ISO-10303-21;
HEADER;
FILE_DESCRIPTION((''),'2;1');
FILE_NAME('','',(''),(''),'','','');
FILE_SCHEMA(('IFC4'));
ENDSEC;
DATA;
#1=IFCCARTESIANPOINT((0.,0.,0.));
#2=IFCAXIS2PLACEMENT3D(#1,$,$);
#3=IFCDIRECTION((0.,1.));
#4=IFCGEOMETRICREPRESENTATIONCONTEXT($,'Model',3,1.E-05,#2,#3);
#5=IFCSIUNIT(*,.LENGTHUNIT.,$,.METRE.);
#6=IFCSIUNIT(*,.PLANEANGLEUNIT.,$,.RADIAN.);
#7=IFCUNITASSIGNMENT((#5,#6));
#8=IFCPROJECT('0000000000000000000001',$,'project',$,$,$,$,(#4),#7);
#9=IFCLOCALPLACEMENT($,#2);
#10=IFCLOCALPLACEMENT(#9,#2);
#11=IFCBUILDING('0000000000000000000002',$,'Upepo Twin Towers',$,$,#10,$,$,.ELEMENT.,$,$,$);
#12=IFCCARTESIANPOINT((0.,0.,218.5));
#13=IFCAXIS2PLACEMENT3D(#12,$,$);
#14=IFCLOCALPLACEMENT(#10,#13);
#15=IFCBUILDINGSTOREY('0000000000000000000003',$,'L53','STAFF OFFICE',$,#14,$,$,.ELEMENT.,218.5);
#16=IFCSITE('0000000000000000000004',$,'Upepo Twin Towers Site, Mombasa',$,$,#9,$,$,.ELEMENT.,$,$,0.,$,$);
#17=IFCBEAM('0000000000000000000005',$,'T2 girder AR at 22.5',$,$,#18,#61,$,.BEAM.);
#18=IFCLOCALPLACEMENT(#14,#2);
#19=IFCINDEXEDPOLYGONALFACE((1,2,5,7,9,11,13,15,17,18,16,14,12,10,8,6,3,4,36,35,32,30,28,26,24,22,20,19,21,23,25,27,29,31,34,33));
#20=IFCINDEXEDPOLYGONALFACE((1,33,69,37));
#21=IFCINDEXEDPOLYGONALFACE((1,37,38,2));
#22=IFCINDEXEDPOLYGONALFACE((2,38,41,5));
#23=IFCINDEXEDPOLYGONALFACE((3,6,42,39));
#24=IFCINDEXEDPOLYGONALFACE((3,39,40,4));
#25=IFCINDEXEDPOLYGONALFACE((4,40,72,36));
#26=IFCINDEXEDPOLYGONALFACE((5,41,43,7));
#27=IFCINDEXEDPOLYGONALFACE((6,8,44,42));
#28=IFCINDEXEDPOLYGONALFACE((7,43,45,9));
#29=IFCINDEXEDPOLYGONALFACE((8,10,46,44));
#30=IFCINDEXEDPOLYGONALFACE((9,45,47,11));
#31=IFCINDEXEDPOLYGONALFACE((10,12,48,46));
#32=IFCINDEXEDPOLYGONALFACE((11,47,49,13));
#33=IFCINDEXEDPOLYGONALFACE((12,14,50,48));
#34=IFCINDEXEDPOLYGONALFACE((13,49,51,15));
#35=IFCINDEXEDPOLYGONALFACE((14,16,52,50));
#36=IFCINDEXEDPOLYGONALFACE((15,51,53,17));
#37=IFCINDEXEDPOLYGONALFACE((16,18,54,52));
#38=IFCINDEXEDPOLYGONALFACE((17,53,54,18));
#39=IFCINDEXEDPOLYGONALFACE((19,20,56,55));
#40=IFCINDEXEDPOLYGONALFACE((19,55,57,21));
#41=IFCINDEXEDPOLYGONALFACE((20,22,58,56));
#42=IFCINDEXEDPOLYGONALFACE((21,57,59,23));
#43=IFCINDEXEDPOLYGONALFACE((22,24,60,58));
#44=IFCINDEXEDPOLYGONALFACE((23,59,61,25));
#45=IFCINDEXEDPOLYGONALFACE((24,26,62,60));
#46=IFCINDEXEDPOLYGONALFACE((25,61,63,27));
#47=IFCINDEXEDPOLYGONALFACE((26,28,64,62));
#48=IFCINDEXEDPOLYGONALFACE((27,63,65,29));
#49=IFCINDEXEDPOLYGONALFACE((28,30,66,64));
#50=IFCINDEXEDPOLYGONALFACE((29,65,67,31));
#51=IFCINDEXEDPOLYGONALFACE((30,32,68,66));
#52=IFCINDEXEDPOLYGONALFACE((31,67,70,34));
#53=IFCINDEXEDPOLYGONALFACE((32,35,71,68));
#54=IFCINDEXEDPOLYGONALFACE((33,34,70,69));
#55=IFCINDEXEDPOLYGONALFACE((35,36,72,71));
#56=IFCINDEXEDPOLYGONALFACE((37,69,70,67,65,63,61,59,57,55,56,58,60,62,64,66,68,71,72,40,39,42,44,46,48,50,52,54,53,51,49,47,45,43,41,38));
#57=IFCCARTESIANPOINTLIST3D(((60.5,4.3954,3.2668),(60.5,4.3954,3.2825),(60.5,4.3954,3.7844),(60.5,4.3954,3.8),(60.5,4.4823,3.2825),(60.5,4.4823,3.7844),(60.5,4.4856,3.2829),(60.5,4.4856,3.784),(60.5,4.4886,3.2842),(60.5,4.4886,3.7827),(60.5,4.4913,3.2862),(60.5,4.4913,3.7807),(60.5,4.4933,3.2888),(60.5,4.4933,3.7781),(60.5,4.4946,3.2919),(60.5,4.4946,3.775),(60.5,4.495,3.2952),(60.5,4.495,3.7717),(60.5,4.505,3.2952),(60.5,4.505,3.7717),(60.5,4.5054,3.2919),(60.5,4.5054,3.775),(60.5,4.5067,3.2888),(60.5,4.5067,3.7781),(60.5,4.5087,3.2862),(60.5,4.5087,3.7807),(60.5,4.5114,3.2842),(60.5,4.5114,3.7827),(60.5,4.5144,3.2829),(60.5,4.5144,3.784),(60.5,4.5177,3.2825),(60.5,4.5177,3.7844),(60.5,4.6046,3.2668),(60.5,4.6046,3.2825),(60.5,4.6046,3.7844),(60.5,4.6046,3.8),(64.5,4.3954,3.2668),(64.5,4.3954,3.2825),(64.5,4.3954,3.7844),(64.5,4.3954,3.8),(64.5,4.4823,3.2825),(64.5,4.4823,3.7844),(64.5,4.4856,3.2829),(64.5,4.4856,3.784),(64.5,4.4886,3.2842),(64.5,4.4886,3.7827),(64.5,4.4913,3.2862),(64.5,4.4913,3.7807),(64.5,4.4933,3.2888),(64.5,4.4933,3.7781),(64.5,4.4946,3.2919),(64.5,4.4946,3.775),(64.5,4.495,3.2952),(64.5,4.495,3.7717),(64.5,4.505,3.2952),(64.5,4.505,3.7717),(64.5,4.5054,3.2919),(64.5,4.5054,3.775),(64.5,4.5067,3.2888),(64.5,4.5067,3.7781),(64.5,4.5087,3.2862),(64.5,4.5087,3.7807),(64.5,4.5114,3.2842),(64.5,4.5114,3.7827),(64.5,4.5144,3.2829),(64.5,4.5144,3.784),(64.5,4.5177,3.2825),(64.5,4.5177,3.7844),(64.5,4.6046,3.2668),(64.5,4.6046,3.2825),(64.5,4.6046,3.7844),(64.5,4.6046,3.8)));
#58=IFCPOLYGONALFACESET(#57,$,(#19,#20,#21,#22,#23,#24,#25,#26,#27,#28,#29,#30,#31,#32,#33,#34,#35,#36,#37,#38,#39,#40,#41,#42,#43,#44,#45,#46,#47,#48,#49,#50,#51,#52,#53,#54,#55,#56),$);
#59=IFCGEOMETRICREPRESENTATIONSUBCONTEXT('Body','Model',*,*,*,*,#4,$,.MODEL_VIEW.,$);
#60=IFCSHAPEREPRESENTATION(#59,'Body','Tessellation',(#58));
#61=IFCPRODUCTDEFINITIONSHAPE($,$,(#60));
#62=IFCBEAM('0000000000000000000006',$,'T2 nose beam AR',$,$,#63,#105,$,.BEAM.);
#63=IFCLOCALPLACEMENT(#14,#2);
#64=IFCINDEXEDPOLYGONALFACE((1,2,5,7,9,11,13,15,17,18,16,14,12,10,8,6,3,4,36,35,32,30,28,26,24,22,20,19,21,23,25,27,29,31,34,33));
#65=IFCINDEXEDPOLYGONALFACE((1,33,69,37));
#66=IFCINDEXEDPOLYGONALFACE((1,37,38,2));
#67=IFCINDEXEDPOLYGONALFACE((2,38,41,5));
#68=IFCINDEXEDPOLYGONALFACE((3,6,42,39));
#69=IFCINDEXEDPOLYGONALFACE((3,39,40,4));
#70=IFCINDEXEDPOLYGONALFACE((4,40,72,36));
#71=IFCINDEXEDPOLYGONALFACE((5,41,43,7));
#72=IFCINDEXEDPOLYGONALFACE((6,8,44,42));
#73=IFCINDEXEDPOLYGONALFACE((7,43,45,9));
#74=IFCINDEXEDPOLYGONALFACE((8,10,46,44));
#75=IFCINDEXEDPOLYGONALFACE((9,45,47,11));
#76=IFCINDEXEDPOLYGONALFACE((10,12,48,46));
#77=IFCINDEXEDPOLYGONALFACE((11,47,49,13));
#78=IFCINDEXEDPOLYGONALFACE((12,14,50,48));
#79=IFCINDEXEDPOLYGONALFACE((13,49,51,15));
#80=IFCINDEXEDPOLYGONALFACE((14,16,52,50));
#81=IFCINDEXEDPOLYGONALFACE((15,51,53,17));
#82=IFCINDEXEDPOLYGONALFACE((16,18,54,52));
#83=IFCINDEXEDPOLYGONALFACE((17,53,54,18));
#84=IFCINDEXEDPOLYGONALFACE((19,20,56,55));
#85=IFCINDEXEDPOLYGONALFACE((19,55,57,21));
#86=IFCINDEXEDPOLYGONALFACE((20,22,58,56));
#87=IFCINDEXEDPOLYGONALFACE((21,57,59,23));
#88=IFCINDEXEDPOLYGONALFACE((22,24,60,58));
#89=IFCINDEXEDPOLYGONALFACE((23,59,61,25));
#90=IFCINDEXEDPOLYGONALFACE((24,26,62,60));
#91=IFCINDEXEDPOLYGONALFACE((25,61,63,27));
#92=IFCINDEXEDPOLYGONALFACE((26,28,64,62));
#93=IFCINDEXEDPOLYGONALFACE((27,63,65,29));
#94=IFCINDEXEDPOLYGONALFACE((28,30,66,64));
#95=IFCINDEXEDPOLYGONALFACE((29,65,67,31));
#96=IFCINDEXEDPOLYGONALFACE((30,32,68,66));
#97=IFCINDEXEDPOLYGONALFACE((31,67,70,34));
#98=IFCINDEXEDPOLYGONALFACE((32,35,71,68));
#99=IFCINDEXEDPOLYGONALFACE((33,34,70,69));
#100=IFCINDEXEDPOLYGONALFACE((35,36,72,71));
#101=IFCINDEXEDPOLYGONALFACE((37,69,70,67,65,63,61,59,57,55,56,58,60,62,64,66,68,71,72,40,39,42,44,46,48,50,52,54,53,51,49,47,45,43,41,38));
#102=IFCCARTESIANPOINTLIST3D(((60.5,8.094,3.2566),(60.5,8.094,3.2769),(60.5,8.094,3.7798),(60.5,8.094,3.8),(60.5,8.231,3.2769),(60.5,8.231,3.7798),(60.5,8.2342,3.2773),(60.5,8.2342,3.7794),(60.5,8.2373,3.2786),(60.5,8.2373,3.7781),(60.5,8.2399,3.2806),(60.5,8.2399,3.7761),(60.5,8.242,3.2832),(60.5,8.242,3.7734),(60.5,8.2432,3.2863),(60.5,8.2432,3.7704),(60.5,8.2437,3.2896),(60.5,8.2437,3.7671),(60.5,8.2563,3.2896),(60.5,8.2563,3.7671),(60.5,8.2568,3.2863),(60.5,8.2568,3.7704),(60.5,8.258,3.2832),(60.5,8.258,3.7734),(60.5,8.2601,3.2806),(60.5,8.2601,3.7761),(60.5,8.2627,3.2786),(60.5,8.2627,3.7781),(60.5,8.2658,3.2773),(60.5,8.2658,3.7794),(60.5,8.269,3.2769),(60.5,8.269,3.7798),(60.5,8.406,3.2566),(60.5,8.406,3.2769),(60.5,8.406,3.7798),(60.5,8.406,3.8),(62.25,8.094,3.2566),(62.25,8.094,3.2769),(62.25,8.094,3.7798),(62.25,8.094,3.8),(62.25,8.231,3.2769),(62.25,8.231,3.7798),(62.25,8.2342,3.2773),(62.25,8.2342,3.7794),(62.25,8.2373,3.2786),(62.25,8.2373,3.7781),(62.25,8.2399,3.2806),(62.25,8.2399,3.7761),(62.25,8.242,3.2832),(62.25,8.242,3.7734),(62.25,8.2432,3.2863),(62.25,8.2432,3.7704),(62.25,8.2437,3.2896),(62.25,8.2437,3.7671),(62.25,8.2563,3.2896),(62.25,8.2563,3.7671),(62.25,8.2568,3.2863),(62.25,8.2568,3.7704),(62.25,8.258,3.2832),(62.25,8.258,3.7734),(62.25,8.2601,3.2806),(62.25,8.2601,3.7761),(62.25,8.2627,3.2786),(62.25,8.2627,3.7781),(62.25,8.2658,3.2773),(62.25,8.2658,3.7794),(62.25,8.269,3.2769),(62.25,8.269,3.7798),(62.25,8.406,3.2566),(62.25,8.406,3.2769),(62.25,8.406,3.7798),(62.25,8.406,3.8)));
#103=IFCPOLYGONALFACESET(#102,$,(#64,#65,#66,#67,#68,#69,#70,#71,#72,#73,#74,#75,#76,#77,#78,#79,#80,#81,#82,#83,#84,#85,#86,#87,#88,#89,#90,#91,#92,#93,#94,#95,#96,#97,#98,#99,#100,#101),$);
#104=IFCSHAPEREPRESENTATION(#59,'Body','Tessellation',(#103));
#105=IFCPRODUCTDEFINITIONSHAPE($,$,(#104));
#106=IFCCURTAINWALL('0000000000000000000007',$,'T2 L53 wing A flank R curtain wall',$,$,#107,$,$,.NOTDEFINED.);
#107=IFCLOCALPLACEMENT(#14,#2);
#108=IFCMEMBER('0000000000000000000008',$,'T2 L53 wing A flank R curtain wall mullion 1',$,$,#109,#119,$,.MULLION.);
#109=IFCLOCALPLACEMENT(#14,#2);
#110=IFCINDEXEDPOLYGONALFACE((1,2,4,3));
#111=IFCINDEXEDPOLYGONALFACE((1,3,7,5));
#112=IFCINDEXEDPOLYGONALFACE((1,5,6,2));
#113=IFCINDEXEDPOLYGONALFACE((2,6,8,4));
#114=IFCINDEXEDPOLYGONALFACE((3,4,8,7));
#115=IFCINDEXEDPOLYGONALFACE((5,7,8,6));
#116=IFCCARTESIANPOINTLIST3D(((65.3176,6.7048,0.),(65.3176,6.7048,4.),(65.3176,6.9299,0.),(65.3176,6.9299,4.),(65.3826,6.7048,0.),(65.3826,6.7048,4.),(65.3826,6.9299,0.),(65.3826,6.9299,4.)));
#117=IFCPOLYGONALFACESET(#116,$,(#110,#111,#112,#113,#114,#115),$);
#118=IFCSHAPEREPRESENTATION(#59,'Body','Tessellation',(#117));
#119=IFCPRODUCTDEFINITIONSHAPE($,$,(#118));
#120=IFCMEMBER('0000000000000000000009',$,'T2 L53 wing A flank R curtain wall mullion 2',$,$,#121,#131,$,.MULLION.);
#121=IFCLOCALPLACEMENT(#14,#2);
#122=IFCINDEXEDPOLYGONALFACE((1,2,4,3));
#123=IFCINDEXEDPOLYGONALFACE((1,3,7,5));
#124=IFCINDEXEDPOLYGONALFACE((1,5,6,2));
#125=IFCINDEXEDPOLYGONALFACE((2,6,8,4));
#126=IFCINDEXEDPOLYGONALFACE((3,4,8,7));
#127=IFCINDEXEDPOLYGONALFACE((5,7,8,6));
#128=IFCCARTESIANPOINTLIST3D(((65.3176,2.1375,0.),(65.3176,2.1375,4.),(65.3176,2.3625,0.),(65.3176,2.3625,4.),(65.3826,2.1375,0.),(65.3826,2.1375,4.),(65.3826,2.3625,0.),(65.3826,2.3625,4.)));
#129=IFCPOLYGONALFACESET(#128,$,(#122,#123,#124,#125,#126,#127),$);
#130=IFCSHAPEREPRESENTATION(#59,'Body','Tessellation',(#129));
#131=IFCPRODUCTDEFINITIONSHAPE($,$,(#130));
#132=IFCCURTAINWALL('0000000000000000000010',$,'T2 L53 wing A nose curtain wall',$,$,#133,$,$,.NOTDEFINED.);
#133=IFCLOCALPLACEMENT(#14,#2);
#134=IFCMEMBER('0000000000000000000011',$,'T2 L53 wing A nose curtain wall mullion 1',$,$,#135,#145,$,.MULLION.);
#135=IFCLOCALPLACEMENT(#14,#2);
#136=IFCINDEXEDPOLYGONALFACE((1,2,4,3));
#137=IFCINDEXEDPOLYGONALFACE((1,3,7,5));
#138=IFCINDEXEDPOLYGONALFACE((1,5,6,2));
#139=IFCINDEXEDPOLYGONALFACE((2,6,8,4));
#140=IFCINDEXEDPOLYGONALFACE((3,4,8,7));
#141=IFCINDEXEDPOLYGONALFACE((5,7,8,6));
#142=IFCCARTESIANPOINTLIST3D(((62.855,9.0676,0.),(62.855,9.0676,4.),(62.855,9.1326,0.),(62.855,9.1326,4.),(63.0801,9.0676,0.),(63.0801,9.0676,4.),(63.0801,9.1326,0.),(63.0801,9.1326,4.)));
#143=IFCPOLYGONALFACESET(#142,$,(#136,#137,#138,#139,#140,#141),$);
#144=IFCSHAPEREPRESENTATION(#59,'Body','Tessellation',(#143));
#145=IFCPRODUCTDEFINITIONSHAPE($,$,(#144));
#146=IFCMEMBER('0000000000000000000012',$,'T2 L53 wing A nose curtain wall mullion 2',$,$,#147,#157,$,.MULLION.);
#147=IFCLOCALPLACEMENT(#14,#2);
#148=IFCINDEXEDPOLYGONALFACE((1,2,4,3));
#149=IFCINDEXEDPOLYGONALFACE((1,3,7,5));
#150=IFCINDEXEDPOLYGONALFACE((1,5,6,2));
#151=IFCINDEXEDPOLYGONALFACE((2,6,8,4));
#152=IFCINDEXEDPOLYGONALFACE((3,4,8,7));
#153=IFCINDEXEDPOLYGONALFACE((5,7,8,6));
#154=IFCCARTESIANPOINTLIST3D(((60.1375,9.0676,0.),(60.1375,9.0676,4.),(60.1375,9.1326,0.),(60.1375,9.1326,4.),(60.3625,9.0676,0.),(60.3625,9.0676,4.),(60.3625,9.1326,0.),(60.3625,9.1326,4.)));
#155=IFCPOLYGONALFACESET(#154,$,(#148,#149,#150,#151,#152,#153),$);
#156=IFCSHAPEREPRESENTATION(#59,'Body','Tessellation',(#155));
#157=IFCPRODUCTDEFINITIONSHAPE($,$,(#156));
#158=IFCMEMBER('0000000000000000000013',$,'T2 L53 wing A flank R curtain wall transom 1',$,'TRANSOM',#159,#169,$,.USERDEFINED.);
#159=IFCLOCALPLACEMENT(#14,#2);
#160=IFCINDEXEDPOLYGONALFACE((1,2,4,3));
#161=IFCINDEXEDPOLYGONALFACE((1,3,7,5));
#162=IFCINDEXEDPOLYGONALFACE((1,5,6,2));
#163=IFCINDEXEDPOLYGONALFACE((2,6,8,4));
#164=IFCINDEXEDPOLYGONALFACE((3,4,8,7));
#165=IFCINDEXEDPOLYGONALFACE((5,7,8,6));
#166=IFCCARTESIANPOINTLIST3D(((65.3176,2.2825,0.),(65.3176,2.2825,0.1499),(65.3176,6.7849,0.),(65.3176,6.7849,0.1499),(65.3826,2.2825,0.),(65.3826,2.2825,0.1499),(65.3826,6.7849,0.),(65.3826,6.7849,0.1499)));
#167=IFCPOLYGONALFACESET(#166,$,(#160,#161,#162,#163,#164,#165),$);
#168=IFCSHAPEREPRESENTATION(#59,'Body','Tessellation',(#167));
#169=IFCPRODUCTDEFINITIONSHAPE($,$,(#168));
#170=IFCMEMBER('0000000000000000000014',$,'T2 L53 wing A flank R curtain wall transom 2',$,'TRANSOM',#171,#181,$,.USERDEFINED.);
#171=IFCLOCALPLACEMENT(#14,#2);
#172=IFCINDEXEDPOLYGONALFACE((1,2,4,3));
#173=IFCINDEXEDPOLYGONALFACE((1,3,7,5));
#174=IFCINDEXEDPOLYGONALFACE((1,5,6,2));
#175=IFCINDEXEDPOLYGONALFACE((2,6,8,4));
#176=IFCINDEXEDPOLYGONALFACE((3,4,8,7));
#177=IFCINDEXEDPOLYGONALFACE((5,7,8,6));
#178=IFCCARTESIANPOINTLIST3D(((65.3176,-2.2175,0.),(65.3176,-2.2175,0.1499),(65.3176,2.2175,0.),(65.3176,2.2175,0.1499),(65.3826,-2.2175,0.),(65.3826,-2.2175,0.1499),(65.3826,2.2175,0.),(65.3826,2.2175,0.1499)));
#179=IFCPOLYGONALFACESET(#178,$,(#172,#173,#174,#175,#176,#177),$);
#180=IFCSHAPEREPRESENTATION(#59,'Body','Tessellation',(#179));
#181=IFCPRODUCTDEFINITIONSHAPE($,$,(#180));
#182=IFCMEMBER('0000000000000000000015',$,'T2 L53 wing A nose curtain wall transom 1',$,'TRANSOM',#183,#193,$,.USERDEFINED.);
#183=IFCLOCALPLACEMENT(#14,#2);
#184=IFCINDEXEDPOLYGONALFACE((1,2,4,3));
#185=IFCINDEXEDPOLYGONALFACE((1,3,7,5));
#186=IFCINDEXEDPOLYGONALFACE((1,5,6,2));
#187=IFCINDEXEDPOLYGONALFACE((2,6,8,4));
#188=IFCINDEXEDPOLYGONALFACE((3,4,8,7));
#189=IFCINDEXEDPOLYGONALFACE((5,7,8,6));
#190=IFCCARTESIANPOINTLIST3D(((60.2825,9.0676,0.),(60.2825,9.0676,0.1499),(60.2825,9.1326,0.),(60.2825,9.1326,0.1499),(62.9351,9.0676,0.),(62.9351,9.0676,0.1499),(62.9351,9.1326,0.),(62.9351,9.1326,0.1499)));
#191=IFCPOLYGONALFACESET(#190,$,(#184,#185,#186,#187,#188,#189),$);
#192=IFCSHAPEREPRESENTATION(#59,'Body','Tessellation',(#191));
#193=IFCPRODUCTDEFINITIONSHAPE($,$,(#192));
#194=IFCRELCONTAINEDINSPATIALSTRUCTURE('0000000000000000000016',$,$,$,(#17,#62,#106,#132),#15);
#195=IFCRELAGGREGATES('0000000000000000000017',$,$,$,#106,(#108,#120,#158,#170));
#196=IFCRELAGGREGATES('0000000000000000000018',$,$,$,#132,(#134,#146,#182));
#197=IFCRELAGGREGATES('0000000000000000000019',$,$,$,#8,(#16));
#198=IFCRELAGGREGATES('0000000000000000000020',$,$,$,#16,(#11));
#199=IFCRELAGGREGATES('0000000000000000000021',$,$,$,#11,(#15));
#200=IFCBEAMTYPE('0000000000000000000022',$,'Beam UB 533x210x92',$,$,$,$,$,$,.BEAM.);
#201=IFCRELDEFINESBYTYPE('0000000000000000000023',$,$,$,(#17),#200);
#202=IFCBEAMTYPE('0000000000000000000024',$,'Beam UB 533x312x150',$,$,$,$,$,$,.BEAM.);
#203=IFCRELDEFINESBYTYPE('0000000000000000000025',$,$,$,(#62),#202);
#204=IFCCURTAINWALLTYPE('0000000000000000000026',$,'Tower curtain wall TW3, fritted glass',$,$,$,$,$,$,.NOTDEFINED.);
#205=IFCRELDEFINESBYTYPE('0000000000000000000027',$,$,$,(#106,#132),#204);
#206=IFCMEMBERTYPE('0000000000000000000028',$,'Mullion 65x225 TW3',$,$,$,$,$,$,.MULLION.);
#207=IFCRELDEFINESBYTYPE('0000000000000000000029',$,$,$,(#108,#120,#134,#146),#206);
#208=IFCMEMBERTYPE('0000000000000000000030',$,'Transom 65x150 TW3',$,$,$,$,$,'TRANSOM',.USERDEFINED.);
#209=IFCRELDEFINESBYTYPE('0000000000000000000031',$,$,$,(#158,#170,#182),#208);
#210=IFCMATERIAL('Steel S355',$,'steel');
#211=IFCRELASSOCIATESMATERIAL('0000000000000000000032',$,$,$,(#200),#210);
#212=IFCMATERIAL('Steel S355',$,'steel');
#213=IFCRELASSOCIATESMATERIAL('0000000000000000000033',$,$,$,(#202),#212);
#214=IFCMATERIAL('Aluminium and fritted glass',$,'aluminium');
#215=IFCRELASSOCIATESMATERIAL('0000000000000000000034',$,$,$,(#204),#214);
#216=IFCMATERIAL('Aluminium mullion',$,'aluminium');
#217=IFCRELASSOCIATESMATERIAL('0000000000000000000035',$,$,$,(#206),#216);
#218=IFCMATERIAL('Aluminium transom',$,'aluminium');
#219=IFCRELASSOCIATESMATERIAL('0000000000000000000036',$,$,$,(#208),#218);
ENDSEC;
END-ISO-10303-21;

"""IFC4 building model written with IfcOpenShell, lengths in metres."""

from ifc_helpers import new_model, si_unit, direction, frame, origin, origin_2d, place, context, subcontext, project, spatial, rectangle, i_section, extrude, material, material_profile, profile_set, type_object, element, aggregate, save


model = new_model("IFC4")

# Units and contexts
model_context = context("Model", 3, precision=1e-05, world=origin(), true_north=direction((0.0, 1.0)))
body_context = subcontext(model_context, "Body", "Model", "MODEL_VIEW")
ifc_project = project(units=[si_unit("LENGTHUNIT", "METRE"), si_unit("PLANEANGLEUNIT", "RADIAN")], contexts=[model_context])

# Site, building, storey
site_placement = place(None, origin())
site = spatial("IfcSite", under=ifc_project, at=site_placement, Name="Upepo Twin Towers Site, Mombasa", CompositionType="ELEMENT", RefElevation=0.0)
building_placement = place(site_placement, origin())
building = spatial("IfcBuilding", under=site, at=building_placement, Name="Upepo Twin Towers", CompositionType="ELEMENT")
storey_placement = place(building_placement, frame((0.0, 0.0, 218.5)))
storey = spatial("IfcBuildingStorey", under=building, at=storey_placement, Name="L53", Description="STAFF OFFICE", CompositionType="ELEMENT", Elevation=218.5)

# Beams
ifc_material_1 = material(Name="Steel S355", Category="steel")
ifc_material_profile_1 = material_profile(ifc_material_1, i_section(OverallWidth=0.2092, OverallDepth=0.5332, WebThickness=0.01, FlangeThickness=0.0156, FilletRadius=0.0127, at=origin_2d()), Name="UB 533x210x92")
ifc_profile_set_1 = profile_set([ifc_material_profile_1], Name="Steel S355")
beam_type_1 = type_object("IfcBeamType", Name="Beam UB 533x210x92", PredefinedType="BEAM", material=ifc_profile_set_1)
for number, where, z_axis, x_axis, name in (
    (1, (64.5, 4.5, 3.5334), (-1.0, 0.0, 0.0), (0.0, -1.0, 0.0), "T2 girder AR at 22.5"),
):
    element("IfcBeam", number, at=place(storey_placement, frame(where, z_axis=z_axis, x_axis=x_axis)), inside=storey, type_object=beam_type_1, Name=name, PredefinedType="BEAM", context=body_context, shape_type="SweptSolid", body=[
        extrude(i_section(OverallWidth=0.2092, OverallDepth=0.5332, WebThickness=0.01, FlangeThickness=0.0156, FilletRadius=0.0127, at=origin_2d()), origin(), (0.0, 0.0, 1.0), 4.0),
    ])
ifc_material_2 = material(Name="Steel S355", Category="steel")
ifc_material_profile_2 = material_profile(ifc_material_2, i_section(OverallWidth=0.312, OverallDepth=0.5435, WebThickness=0.0127, FlangeThickness=0.0203, FilletRadius=0.0127, at=origin_2d()), Name="UB 533x312x150")
ifc_profile_set_2 = profile_set([ifc_material_profile_2], Name="Steel S355")
beam_type_2 = type_object("IfcBeamType", Name="Beam UB 533x312x150", PredefinedType="BEAM", material=ifc_profile_set_2)
beam_1_placement = place(storey_placement, frame((62.25, 8.25, 3.5283), z_axis=(-1.0, 0.0, 0.0), x_axis=(0.0, -1.0, 0.0)))
element("IfcBeam", 2, at=beam_1_placement, inside=storey, type_object=beam_type_2, Name="T2 nose beam AR", PredefinedType="BEAM", context=body_context, shape_type="SweptSolid", body=[
    extrude(i_section(OverallWidth=0.312, OverallDepth=0.5435, WebThickness=0.0127, FlangeThickness=0.0203, FilletRadius=0.0127, at=origin_2d()), origin(), (0.0, 0.0, 1.0), 1.75),
])

# Curtain walls, members
ifc_material_3 = material(Name="Aluminium and fritted glass", Category="aluminium")
curtain_wall_type = type_object("IfcCurtainWallType", Name="Tower curtain wall TW3, fritted glass", PredefinedType="NOTDEFINED", material=ifc_material_3)
curtain_wall_1_placement = place(storey_placement, origin())
curtain_wall_1 = element("IfcCurtainWall", 3, at=curtain_wall_1_placement, inside=storey, type_object=curtain_wall_type, Name="T2 L53 wing A flank R curtain wall", PredefinedType="NOTDEFINED")
ifc_material_4 = material(Name="Aluminium mullion", Category="aluminium")
ifc_material_profile_3 = material_profile(ifc_material_4, rectangle(XDim=0.0649, YDim=0.2251, at=origin_2d()), Name="MULLION 65x225")
ifc_profile_set_3 = profile_set([ifc_material_profile_3], Name="Aluminium mullion")
member_type_1 = type_object("IfcMemberType", Name="Mullion 65x225 TW3", PredefinedType="MULLION", material=ifc_profile_set_3)
member_1_placement = place(storey_placement, frame((65.3501, 6.8174, 0.0), z_axis=(0.0, 0.0, 1.0), x_axis=(1.0, 0.0, 0.0)))
member_1 = element("IfcMember", 4, at=member_1_placement, type_object=member_type_1, Name="T2 L53 wing A flank R curtain wall mullion 1", PredefinedType="MULLION", context=body_context, shape_type="SweptSolid", body=[
    extrude(rectangle(XDim=0.0649, YDim=0.2251, at=origin_2d()), origin(), (0.0, 0.0, 1.0), 4.0),
])
member_2_placement = place(storey_placement, frame((65.3501, 2.25, 0.0), z_axis=(0.0, 0.0, 1.0), x_axis=(1.0, 0.0, 0.0)))
member_2 = element("IfcMember", 5, at=member_2_placement, type_object=member_type_1, Name="T2 L53 wing A flank R curtain wall mullion 2", PredefinedType="MULLION", context=body_context, shape_type="SweptSolid", body=[
    extrude(rectangle(XDim=0.0649, YDim=0.2251, at=origin_2d()), origin(), (0.0, 0.0, 1.0), 4.0),
])
curtain_wall_2_placement = place(storey_placement, origin())
curtain_wall_2 = element("IfcCurtainWall", 6, at=curtain_wall_2_placement, inside=storey, type_object=curtain_wall_type, Name="T2 L53 wing A nose curtain wall", PredefinedType="NOTDEFINED")
member_3_placement = place(storey_placement, frame((62.9675, 9.1001, 0.0), z_axis=(0.0, 0.0, 1.0), x_axis=(0.0, -1.0, 0.0)))
member_3 = element("IfcMember", 7, at=member_3_placement, type_object=member_type_1, Name="T2 L53 wing A nose curtain wall mullion 1", PredefinedType="MULLION", context=body_context, shape_type="SweptSolid", body=[
    extrude(rectangle(XDim=0.0649, YDim=0.2251, at=origin_2d()), origin(), (0.0, 0.0, 1.0), 4.0),
])
member_4_placement = place(storey_placement, frame((60.25, 9.1001, 0.0), z_axis=(0.0, 0.0, 1.0), x_axis=(0.0, -1.0, 0.0)))
member_4 = element("IfcMember", 8, at=member_4_placement, type_object=member_type_1, Name="T2 L53 wing A nose curtain wall mullion 2", PredefinedType="MULLION", context=body_context, shape_type="SweptSolid", body=[
    extrude(rectangle(XDim=0.0649, YDim=0.2251, at=origin_2d()), origin(), (0.0, 0.0, 1.0), 4.0),
])

# Members
ifc_material_5 = material(Name="Aluminium transom", Category="aluminium")
ifc_material_profile_4 = material_profile(ifc_material_5, rectangle(XDim=0.0649, YDim=0.1499, at=origin_2d()), Name="TRANSOM 65x150")
ifc_profile_set_4 = profile_set([ifc_material_profile_4], Name="Aluminium transom")
member_type_2 = type_object("IfcMemberType", Name="Transom 65x150 TW3", ElementType="TRANSOM", PredefinedType="USERDEFINED", material=ifc_profile_set_4)
member_5_placement = place(storey_placement, frame((65.3501, 6.7849, 0.075), z_axis=(0.0, -1.0, 0.0), x_axis=(1.0, 0.0, 0.0)))
member_5 = element("IfcMember", 9, at=member_5_placement, type_object=member_type_2, Name="T2 L53 wing A flank R curtain wall transom 1", ObjectType="TRANSOM", PredefinedType="USERDEFINED", context=body_context, shape_type="SweptSolid", body=[
    extrude(rectangle(XDim=0.0649, YDim=0.1499, at=origin_2d()), origin(), (0.0, 0.0, 1.0), 4.5024),
])
member_6_placement = place(storey_placement, frame((65.3501, 2.2175, 0.075), z_axis=(0.0, -1.0, 0.0), x_axis=(1.0, 0.0, 0.0)))
member_6 = element("IfcMember", 10, at=member_6_placement, type_object=member_type_2, Name="T2 L53 wing A flank R curtain wall transom 2", ObjectType="TRANSOM", PredefinedType="USERDEFINED", context=body_context, shape_type="SweptSolid", body=[
    extrude(rectangle(XDim=0.0649, YDim=0.1499, at=origin_2d()), origin(), (0.0, 0.0, 1.0), 4.4351),
])
member_7_placement = place(storey_placement, frame((62.9351, 9.1001, 0.075), z_axis=(-1.0, 0.0, 0.0), x_axis=(0.0, -1.0, 0.0)))
member_7 = element("IfcMember", 11, at=member_7_placement, type_object=member_type_2, Name="T2 L53 wing A nose curtain wall transom 1", ObjectType="TRANSOM", PredefinedType="USERDEFINED", context=body_context, shape_type="SweptSolid", body=[
    extrude(rectangle(XDim=0.0649, YDim=0.1499, at=origin_2d()), origin(), (0.0, 0.0, 1.0), 2.6526),
])

aggregate(curtain_wall_1, [member_1, member_2, member_5, member_6])
aggregate(curtain_wall_2, [member_3, member_4, member_7])

save(model, "model.ifc")
